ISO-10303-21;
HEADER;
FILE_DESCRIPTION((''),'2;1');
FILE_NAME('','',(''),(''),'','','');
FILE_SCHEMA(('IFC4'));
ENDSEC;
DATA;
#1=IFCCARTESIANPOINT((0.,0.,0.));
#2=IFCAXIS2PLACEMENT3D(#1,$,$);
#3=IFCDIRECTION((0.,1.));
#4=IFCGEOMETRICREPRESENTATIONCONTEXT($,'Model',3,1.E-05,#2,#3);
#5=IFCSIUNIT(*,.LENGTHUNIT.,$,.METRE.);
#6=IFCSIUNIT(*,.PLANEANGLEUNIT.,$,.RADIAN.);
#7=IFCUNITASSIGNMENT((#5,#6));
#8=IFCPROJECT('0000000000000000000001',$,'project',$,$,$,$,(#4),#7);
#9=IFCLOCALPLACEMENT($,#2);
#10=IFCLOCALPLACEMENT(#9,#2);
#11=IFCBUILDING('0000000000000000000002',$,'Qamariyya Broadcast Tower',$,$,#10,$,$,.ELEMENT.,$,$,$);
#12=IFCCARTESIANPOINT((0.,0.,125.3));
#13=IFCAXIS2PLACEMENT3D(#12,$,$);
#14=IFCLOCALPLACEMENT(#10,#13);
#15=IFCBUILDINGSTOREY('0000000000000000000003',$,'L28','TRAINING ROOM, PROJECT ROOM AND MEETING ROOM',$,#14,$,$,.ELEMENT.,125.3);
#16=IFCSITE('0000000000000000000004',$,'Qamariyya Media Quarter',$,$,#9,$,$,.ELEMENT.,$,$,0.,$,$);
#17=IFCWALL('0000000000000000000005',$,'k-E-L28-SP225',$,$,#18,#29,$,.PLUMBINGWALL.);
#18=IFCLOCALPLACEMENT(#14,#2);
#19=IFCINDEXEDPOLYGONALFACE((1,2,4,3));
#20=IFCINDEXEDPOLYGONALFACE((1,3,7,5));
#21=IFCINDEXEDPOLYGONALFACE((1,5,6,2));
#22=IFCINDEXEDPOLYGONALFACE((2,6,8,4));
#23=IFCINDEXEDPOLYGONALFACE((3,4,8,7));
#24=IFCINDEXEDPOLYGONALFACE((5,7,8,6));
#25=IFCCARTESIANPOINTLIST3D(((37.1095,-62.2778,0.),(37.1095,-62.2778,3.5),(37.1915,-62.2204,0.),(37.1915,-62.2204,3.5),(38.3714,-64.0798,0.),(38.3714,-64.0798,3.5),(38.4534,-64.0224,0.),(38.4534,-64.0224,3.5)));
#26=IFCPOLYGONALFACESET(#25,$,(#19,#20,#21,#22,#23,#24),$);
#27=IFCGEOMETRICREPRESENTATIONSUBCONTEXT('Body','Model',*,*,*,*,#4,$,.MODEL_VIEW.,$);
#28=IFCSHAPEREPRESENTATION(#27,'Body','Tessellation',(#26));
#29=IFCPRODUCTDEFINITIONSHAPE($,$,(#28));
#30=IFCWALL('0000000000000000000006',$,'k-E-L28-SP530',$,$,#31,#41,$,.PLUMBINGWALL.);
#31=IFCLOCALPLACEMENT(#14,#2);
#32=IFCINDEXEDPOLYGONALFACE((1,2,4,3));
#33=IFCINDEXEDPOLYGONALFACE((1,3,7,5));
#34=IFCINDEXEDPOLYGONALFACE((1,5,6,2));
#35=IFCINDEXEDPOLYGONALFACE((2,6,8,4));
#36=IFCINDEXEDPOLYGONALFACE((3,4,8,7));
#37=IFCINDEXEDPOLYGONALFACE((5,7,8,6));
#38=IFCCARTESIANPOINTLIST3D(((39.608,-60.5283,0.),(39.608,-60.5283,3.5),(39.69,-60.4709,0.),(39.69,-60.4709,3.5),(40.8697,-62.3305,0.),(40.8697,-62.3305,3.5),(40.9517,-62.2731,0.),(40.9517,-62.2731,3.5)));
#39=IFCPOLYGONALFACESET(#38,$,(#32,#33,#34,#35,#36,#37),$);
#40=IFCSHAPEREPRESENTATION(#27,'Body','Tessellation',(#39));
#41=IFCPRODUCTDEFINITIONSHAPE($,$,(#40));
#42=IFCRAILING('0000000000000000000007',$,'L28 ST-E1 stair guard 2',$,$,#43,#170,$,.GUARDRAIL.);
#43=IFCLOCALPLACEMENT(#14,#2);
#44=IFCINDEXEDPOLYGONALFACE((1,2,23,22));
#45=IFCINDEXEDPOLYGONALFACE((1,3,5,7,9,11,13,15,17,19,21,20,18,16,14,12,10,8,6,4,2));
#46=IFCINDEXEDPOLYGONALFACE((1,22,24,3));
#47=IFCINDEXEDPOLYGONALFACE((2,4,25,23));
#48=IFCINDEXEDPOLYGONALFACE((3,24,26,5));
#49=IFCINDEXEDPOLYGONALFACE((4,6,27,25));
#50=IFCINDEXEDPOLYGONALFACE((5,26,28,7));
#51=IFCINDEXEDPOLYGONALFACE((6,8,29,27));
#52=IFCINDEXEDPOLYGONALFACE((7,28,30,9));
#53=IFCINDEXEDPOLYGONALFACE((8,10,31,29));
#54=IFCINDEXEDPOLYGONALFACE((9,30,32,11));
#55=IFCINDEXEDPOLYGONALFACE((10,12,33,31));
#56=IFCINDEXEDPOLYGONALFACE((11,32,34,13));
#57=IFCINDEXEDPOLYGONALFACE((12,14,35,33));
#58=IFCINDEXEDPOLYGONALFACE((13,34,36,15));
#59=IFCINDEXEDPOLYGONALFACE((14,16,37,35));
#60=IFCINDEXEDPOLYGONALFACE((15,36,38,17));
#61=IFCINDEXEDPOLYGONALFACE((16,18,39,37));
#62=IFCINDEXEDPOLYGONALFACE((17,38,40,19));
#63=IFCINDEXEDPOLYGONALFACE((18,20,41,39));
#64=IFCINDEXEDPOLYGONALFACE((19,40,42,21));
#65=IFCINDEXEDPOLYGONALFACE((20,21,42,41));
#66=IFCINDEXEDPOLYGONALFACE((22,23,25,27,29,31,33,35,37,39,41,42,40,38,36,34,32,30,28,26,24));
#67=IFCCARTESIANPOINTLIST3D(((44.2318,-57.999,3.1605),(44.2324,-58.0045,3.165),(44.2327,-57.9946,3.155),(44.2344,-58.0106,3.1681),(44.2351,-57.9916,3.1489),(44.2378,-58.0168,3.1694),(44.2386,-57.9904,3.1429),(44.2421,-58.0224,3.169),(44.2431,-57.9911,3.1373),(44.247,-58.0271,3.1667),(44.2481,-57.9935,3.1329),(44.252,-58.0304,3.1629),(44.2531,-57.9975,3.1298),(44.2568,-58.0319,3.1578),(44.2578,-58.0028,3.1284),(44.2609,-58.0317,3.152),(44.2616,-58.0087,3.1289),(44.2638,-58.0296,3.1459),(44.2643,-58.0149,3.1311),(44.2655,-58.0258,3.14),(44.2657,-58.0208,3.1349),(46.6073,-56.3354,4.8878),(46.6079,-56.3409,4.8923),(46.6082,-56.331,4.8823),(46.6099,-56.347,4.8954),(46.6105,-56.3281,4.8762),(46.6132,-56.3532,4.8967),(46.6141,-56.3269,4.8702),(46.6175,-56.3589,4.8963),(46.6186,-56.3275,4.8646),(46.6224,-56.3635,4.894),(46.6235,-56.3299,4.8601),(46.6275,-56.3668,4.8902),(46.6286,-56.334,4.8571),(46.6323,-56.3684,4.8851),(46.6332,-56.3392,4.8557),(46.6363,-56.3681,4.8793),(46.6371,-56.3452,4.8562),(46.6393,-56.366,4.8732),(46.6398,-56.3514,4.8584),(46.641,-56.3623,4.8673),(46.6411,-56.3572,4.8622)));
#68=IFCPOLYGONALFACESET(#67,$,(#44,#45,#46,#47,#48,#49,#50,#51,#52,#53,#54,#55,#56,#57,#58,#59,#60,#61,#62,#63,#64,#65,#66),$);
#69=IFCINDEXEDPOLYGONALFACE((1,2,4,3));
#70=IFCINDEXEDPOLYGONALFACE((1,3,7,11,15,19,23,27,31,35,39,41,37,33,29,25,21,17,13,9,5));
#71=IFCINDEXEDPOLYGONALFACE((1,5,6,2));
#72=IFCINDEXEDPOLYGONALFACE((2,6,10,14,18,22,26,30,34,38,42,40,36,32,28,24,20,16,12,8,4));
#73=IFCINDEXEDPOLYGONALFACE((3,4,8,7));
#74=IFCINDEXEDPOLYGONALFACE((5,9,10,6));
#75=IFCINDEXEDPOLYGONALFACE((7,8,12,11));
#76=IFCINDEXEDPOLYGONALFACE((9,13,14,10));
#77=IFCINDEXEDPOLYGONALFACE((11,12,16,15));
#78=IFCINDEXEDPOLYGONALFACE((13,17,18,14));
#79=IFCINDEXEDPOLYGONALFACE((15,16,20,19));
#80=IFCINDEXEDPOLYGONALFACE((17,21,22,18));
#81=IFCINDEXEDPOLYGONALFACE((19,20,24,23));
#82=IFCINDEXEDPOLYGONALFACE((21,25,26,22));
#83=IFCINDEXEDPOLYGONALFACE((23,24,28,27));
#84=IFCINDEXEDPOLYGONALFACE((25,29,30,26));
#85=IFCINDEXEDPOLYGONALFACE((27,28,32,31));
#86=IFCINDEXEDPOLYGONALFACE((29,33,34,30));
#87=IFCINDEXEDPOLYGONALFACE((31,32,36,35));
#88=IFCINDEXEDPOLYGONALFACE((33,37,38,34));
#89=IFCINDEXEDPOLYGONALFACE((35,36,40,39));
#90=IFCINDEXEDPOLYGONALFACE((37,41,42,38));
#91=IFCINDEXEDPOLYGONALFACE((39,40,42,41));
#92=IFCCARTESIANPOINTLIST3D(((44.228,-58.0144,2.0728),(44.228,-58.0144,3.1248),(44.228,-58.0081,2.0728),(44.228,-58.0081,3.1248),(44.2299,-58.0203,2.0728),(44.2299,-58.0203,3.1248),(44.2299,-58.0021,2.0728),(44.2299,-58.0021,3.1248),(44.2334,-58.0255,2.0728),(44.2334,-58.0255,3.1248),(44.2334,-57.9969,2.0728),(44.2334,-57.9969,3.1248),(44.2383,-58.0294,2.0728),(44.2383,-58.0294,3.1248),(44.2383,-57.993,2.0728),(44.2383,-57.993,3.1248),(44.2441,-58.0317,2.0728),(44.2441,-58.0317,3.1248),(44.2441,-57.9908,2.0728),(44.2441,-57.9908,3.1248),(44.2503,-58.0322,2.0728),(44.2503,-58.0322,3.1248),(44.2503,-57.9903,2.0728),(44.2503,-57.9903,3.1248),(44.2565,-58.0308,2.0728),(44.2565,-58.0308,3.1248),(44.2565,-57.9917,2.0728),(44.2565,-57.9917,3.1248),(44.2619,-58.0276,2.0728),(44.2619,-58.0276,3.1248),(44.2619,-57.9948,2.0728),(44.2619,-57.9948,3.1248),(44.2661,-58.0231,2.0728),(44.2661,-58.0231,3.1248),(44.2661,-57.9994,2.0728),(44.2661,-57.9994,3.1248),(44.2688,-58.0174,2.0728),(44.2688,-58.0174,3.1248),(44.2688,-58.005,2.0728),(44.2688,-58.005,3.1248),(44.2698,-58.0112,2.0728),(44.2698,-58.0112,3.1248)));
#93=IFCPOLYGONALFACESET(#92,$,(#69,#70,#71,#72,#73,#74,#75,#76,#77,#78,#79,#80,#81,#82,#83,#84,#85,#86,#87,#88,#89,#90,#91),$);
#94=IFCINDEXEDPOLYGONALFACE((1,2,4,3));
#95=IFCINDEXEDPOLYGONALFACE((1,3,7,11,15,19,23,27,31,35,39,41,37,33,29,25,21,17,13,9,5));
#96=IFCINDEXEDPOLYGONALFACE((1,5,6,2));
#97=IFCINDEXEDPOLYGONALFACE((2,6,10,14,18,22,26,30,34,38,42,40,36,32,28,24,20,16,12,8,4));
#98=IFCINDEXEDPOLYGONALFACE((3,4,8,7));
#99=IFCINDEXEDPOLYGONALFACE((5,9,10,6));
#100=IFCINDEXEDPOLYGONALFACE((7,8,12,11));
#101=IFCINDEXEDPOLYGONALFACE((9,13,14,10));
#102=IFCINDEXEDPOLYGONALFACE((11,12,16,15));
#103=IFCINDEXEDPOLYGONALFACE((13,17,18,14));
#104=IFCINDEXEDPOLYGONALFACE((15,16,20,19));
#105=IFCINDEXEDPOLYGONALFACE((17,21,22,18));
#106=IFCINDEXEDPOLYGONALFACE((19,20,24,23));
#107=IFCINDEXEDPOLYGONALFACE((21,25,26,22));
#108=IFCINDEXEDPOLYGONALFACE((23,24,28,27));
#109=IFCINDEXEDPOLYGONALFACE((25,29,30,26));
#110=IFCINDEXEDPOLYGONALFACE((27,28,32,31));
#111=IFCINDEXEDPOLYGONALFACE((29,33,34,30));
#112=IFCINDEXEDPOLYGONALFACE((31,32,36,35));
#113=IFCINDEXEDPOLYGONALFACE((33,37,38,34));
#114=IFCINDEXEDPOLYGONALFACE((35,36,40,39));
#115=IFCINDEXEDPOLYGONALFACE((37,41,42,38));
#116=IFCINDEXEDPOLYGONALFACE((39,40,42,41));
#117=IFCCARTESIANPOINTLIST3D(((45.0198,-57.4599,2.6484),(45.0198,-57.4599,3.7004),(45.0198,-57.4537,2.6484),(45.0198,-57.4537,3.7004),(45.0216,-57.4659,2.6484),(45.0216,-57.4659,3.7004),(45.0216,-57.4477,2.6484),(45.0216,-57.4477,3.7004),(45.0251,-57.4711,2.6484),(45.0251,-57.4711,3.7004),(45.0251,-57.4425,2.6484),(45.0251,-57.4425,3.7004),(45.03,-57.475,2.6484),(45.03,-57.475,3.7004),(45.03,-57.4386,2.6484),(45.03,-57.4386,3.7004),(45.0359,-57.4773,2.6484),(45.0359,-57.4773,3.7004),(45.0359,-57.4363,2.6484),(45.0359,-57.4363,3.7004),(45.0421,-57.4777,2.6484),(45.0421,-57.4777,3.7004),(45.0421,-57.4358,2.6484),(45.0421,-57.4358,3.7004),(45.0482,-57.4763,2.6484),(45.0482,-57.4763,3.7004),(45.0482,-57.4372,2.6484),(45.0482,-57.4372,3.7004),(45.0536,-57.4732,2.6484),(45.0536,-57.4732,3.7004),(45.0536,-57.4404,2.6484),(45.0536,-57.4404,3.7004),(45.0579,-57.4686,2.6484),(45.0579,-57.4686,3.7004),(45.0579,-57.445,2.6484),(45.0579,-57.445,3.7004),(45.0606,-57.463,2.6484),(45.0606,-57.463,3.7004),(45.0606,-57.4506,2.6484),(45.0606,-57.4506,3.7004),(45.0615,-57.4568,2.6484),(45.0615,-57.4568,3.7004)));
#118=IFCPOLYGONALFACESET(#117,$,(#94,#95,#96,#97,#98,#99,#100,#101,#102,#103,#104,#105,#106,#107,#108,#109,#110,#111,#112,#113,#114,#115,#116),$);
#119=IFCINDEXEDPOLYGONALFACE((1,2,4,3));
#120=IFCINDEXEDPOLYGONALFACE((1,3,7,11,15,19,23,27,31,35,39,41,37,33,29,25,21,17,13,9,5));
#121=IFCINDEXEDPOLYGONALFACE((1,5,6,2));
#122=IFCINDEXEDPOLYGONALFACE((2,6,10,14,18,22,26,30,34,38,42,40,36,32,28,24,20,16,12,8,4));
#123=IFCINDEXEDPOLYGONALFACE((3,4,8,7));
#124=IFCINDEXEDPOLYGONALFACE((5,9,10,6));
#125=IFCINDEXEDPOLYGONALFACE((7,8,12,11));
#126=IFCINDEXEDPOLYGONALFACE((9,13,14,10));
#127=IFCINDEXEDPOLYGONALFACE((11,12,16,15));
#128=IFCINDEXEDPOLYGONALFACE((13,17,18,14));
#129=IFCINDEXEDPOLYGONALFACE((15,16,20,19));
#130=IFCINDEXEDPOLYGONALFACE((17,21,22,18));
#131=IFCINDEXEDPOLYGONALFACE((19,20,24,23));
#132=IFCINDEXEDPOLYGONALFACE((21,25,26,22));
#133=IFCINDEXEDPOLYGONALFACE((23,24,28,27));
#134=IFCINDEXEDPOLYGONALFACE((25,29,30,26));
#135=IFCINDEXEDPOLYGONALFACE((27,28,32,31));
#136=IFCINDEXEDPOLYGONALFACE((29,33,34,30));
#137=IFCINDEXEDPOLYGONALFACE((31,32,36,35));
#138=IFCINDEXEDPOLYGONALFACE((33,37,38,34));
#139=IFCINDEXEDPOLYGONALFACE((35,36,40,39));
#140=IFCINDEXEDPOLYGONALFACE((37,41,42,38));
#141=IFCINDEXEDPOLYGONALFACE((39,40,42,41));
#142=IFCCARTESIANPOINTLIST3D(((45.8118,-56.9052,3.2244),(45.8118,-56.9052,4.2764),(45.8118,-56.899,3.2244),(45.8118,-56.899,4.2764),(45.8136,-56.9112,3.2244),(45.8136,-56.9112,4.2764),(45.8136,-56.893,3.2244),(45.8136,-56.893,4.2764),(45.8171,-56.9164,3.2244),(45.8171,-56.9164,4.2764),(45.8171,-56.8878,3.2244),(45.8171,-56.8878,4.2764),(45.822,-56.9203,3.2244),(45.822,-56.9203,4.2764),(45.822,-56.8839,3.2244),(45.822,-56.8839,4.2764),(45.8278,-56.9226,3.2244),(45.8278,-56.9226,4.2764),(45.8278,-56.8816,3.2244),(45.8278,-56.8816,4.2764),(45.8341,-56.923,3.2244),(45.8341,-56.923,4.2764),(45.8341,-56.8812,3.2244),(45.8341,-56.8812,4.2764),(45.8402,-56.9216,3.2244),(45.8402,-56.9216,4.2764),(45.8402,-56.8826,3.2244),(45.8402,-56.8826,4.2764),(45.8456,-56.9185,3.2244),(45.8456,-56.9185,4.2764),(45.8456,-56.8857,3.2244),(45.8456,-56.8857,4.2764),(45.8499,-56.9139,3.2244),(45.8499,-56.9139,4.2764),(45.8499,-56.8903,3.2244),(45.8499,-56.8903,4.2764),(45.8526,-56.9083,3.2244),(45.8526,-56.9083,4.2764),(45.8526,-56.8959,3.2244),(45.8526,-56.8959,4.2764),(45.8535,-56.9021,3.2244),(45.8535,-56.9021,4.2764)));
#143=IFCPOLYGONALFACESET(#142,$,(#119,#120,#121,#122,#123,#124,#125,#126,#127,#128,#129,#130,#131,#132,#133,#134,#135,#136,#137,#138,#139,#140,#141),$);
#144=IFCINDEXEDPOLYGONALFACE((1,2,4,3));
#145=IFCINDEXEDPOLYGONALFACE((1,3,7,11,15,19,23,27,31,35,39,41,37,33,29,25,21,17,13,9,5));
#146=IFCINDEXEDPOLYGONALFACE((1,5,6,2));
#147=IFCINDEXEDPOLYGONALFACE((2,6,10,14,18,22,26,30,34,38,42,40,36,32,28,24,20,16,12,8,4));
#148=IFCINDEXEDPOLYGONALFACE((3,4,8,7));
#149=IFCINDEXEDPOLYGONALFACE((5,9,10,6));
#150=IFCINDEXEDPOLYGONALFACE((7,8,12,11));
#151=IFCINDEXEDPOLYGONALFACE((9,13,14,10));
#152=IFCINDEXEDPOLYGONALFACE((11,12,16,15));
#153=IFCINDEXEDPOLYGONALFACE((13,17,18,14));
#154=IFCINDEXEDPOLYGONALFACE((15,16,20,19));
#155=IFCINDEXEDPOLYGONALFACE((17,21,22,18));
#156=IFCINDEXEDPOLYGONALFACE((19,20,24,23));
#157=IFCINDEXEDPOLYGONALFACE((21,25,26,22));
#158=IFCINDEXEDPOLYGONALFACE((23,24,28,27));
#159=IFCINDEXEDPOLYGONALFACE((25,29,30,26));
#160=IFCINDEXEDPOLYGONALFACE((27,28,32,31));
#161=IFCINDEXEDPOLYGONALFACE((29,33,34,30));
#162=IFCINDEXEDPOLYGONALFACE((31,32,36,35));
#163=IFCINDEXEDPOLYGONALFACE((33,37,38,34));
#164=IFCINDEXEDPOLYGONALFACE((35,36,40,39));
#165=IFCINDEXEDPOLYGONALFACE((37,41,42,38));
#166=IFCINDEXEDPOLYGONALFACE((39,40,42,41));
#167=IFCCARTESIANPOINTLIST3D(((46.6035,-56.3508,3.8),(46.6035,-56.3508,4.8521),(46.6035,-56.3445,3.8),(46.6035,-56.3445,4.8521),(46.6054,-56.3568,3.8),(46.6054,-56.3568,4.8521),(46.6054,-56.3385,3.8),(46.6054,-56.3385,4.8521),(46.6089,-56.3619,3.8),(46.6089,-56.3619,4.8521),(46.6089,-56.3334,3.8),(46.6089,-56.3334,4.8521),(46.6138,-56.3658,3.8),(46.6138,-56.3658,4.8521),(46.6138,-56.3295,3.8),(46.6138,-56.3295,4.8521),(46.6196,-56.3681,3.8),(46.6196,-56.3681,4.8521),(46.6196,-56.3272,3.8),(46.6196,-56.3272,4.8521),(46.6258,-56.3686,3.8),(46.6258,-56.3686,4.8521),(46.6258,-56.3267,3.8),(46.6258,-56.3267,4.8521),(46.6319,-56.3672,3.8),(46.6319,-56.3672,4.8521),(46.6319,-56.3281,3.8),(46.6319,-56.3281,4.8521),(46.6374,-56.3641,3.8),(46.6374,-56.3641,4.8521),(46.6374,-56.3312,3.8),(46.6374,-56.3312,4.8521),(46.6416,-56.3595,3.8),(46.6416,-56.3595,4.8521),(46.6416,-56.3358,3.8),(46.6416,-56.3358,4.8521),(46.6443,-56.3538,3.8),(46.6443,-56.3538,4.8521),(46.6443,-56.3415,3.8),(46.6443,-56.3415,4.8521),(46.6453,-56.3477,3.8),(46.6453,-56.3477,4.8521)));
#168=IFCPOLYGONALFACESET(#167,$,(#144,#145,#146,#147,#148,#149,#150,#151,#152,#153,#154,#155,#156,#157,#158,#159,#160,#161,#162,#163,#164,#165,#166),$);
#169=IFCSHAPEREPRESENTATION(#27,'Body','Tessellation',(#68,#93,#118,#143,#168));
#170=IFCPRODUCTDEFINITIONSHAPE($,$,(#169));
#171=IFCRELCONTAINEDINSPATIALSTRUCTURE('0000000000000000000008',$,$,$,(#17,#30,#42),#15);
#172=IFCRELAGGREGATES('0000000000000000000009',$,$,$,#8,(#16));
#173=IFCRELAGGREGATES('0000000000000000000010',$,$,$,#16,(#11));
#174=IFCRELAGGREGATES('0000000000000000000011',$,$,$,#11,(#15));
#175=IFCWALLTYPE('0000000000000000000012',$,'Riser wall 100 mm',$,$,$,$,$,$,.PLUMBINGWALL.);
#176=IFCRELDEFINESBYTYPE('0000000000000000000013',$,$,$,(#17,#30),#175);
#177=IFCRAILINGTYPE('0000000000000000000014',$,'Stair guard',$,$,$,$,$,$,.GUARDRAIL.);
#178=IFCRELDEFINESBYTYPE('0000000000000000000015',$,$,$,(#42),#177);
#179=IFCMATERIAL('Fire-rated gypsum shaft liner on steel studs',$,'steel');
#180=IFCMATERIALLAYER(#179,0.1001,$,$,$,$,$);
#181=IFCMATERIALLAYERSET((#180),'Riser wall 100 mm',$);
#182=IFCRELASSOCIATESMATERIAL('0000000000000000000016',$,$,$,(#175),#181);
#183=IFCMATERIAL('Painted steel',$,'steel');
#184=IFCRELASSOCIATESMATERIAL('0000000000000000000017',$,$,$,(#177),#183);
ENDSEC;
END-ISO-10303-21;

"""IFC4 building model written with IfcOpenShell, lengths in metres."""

from ifc_helpers import new_model, si_unit, direction, frame, frame_2d, origin, origin_2d, place, context, subcontext, project, spatial, rectangle, circle, extrude, material, layer, layer_set, type_object, element, save


model = new_model("IFC4")

# Units and contexts
model_context = context("Model", 3, precision=1e-05, world=origin(), true_north=direction((0.0, 1.0)))
body_context = subcontext(model_context, "Body", "Model", "MODEL_VIEW")
ifc_project = project(units=[si_unit("LENGTHUNIT", "METRE"), si_unit("PLANEANGLEUNIT", "RADIAN")], contexts=[model_context])

# Site, building, storey
site_placement = place(None, origin())
site = spatial("IfcSite", under=ifc_project, at=site_placement, Name="Qamariyya Media Quarter", CompositionType="ELEMENT", RefElevation=0.0)
building_placement = place(site_placement, origin())
building = spatial("IfcBuilding", under=site, at=building_placement, Name="Qamariyya Broadcast Tower", CompositionType="ELEMENT")
storey_placement = place(building_placement, frame((0.0, 0.0, 125.3)))
storey = spatial("IfcBuildingStorey", under=building, at=storey_placement, Name="L28", Description="TRAINING ROOM, PROJECT ROOM AND MEETING ROOM", CompositionType="ELEMENT", Elevation=125.3)

# Walls
ifc_material_1 = material(Name="Fire-rated gypsum shaft liner on steel studs", Category="steel")
ifc_layer_1 = layer(ifc_material_1, 0.1001)
ifc_layer_set_1 = layer_set([ifc_layer_1], Name="Riser wall 100 mm")
wall_type_1 = type_object("IfcWallType", Name="Riser wall 100 mm", PredefinedType="PLUMBINGWALL", material=ifc_layer_set_1)
for number, where, z_axis, x_axis, name in (
    (1, (37.1504, -62.249, 0.0), (0.0, 0.0, 1.0), (0.573634, -0.819112, 0.0), "k-E-L28-SP225"),
    (2, (39.6489, -60.4995, 0.0), (0.0, 0.0, 1.0), (0.573507, -0.819201, 0.0), "k-E-L28-SP530"),
):
    element("IfcWall", number, at=place(storey_placement, frame(where, z_axis=z_axis, x_axis=x_axis)), inside=storey, type_object=wall_type_1, Name=name, PredefinedType="PLUMBINGWALL", context=body_context, shape_type="SweptSolid", body=[
        extrude(rectangle(XDim=2.2, YDim=0.1001, at=frame_2d((1.1001, 0.0))), origin(), (0.0, 0.0, 1.0), 3.5),
    ])

# Railing
ifc_material_2 = material(Name="Painted steel", Category="steel")
railing_type_1 = type_object("IfcRailingType", Name="Stair guard", PredefinedType="GUARDRAIL", material=ifc_material_2)
railing_1_placement = place(storey_placement, frame((44.2488, -58.0112, 2.0728)))
element("IfcRailing", 3, at=railing_1_placement, inside=storey, type_object=railing_type_1, Name="L28 ST-E1 stair guard 2", PredefinedType="GUARDRAIL", context=body_context, shape_type="SweptSolid", body=[
    extrude(circle(Radius=0.0239, at=origin_2d()), frame((0.0, 0.0, 1.0762), z_axis=(0.703745, 0.492838, 0.511716), x_axis=(-0.573632, 0.819113, 0.0)), (0.0, 0.0, 1.0), 3.3755),
    extrude(circle(Radius=0.021, at=origin_2d()), origin(), (0.0, 0.0, 1.0), 1.052),
    extrude(circle(Radius=0.021, at=origin_2d()), frame((0.7917, 0.5544, 0.5757)), (0.0, 0.0, 1.0), 1.052),
    extrude(circle(Radius=0.021, at=origin_2d()), frame((1.5837, 1.1091, 1.1516)), (0.0, 0.0, 1.0), 1.052),
    extrude(circle(Radius=0.021, at=origin_2d()), frame((2.3755, 1.6636, 1.7273)), (0.0, 0.0, 1.0), 1.052),
])

save(model, "model.ifc")
